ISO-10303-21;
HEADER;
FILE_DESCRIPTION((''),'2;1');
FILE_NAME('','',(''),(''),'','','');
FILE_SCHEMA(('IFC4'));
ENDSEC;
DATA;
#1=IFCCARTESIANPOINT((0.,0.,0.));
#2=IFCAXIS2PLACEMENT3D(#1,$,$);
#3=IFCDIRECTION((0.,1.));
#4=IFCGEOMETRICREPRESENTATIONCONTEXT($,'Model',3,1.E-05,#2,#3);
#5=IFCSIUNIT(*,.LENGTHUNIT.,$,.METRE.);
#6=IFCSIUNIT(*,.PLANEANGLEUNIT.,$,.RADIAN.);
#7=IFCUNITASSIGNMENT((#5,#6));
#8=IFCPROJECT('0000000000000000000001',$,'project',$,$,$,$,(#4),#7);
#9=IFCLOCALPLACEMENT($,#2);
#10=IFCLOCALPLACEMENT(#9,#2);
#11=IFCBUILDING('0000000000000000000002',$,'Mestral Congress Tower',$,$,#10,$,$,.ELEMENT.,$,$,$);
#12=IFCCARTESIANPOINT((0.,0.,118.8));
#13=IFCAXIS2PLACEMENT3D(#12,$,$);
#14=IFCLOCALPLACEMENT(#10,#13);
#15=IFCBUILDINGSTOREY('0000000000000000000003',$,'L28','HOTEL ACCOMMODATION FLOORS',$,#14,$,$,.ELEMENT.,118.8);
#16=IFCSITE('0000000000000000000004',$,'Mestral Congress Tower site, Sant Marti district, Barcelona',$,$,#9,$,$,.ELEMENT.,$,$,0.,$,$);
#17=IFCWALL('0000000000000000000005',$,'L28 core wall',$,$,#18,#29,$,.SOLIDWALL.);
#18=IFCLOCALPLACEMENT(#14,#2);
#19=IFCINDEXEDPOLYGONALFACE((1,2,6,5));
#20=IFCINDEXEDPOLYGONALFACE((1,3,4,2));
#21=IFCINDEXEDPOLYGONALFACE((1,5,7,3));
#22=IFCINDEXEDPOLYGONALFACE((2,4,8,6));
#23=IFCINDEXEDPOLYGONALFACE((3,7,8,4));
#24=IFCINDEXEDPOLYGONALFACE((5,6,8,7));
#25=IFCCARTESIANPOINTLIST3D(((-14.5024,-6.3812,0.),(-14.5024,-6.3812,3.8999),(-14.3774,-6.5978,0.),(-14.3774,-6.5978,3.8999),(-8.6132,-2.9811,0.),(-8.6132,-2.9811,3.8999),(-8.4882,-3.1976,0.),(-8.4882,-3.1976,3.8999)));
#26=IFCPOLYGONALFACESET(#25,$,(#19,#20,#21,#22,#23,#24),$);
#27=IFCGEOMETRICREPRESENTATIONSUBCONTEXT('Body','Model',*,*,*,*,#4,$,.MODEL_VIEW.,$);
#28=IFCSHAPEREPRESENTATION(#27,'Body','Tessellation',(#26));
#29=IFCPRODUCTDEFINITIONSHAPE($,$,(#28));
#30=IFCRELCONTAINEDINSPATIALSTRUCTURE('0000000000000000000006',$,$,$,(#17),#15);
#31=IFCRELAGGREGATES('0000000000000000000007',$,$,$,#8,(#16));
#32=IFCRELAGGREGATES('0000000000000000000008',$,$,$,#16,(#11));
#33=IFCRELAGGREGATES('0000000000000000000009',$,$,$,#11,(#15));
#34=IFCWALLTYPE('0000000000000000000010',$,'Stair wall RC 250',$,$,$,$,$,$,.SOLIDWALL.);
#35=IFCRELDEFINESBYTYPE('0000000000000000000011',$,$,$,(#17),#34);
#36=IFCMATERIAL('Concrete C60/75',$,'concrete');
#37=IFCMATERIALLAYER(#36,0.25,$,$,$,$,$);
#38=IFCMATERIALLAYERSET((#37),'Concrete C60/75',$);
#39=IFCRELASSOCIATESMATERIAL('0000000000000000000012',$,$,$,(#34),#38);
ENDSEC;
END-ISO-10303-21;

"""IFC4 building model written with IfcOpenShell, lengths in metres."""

from ifc_helpers import new_model, si_unit, direction, frame, frame_2d, origin, place, context, subcontext, project, spatial, rectangle, extrude, material, layer, layer_set, type_object, element, save


model = new_model("IFC4")

# Units and contexts
model_context = context("Model", 3, precision=1e-05, world=origin(), true_north=direction((0.0, 1.0)))
body_context = subcontext(model_context, "Body", "Model", "MODEL_VIEW")
ifc_project = project(units=[si_unit("LENGTHUNIT", "METRE"), si_unit("PLANEANGLEUNIT", "RADIAN")], contexts=[model_context])

# Site, building, storey
site_placement = place(None, origin())
site = spatial("IfcSite", under=ifc_project, at=site_placement, Name="Mestral Congress Tower site, Sant Marti district, Barcelona", CompositionType="ELEMENT", RefElevation=0.0)
building_placement = place(site_placement, origin())
building = spatial("IfcBuilding", under=site, at=building_placement, Name="Mestral Congress Tower", CompositionType="ELEMENT")
storey_placement = place(building_placement, frame((0.0, 0.0, 118.8)))
storey = spatial("IfcBuildingStorey", under=building, at=storey_placement, Name="L28", Description="HOTEL ACCOMMODATION FLOORS", CompositionType="ELEMENT", Elevation=118.8)

# Shared definitions
ifc_material_1 = material(Name="Concrete C60/75", Category="concrete")

# Wall
ifc_layer_1 = layer(ifc_material_1, 0.25)
ifc_layer_set_1 = layer_set([ifc_layer_1], Name="Concrete C60/75")
wall_type_1 = type_object("IfcWallType", Name="Stair wall RC 250", PredefinedType="SOLIDWALL", material=ifc_layer_set_1)
wall_1_placement = place(storey_placement, frame((-14.4399, -6.4895, 0.0), z_axis=(0.0, 0.0, 1.0), x_axis=(0.866023, 0.500004, 0.0)))
element("IfcWall", 1, at=wall_1_placement, inside=storey, type_object=wall_type_1, Name="L28 core wall", PredefinedType="SOLIDWALL", context=body_context, shape_type="SweptSolid", body=[
    extrude(rectangle(XDim=6.8003, YDim=0.25, at=frame_2d((3.4001, 0.0))), origin(), (0.0, 0.0, 1.0), 3.8999),
])

save(model, "model.ifc")
